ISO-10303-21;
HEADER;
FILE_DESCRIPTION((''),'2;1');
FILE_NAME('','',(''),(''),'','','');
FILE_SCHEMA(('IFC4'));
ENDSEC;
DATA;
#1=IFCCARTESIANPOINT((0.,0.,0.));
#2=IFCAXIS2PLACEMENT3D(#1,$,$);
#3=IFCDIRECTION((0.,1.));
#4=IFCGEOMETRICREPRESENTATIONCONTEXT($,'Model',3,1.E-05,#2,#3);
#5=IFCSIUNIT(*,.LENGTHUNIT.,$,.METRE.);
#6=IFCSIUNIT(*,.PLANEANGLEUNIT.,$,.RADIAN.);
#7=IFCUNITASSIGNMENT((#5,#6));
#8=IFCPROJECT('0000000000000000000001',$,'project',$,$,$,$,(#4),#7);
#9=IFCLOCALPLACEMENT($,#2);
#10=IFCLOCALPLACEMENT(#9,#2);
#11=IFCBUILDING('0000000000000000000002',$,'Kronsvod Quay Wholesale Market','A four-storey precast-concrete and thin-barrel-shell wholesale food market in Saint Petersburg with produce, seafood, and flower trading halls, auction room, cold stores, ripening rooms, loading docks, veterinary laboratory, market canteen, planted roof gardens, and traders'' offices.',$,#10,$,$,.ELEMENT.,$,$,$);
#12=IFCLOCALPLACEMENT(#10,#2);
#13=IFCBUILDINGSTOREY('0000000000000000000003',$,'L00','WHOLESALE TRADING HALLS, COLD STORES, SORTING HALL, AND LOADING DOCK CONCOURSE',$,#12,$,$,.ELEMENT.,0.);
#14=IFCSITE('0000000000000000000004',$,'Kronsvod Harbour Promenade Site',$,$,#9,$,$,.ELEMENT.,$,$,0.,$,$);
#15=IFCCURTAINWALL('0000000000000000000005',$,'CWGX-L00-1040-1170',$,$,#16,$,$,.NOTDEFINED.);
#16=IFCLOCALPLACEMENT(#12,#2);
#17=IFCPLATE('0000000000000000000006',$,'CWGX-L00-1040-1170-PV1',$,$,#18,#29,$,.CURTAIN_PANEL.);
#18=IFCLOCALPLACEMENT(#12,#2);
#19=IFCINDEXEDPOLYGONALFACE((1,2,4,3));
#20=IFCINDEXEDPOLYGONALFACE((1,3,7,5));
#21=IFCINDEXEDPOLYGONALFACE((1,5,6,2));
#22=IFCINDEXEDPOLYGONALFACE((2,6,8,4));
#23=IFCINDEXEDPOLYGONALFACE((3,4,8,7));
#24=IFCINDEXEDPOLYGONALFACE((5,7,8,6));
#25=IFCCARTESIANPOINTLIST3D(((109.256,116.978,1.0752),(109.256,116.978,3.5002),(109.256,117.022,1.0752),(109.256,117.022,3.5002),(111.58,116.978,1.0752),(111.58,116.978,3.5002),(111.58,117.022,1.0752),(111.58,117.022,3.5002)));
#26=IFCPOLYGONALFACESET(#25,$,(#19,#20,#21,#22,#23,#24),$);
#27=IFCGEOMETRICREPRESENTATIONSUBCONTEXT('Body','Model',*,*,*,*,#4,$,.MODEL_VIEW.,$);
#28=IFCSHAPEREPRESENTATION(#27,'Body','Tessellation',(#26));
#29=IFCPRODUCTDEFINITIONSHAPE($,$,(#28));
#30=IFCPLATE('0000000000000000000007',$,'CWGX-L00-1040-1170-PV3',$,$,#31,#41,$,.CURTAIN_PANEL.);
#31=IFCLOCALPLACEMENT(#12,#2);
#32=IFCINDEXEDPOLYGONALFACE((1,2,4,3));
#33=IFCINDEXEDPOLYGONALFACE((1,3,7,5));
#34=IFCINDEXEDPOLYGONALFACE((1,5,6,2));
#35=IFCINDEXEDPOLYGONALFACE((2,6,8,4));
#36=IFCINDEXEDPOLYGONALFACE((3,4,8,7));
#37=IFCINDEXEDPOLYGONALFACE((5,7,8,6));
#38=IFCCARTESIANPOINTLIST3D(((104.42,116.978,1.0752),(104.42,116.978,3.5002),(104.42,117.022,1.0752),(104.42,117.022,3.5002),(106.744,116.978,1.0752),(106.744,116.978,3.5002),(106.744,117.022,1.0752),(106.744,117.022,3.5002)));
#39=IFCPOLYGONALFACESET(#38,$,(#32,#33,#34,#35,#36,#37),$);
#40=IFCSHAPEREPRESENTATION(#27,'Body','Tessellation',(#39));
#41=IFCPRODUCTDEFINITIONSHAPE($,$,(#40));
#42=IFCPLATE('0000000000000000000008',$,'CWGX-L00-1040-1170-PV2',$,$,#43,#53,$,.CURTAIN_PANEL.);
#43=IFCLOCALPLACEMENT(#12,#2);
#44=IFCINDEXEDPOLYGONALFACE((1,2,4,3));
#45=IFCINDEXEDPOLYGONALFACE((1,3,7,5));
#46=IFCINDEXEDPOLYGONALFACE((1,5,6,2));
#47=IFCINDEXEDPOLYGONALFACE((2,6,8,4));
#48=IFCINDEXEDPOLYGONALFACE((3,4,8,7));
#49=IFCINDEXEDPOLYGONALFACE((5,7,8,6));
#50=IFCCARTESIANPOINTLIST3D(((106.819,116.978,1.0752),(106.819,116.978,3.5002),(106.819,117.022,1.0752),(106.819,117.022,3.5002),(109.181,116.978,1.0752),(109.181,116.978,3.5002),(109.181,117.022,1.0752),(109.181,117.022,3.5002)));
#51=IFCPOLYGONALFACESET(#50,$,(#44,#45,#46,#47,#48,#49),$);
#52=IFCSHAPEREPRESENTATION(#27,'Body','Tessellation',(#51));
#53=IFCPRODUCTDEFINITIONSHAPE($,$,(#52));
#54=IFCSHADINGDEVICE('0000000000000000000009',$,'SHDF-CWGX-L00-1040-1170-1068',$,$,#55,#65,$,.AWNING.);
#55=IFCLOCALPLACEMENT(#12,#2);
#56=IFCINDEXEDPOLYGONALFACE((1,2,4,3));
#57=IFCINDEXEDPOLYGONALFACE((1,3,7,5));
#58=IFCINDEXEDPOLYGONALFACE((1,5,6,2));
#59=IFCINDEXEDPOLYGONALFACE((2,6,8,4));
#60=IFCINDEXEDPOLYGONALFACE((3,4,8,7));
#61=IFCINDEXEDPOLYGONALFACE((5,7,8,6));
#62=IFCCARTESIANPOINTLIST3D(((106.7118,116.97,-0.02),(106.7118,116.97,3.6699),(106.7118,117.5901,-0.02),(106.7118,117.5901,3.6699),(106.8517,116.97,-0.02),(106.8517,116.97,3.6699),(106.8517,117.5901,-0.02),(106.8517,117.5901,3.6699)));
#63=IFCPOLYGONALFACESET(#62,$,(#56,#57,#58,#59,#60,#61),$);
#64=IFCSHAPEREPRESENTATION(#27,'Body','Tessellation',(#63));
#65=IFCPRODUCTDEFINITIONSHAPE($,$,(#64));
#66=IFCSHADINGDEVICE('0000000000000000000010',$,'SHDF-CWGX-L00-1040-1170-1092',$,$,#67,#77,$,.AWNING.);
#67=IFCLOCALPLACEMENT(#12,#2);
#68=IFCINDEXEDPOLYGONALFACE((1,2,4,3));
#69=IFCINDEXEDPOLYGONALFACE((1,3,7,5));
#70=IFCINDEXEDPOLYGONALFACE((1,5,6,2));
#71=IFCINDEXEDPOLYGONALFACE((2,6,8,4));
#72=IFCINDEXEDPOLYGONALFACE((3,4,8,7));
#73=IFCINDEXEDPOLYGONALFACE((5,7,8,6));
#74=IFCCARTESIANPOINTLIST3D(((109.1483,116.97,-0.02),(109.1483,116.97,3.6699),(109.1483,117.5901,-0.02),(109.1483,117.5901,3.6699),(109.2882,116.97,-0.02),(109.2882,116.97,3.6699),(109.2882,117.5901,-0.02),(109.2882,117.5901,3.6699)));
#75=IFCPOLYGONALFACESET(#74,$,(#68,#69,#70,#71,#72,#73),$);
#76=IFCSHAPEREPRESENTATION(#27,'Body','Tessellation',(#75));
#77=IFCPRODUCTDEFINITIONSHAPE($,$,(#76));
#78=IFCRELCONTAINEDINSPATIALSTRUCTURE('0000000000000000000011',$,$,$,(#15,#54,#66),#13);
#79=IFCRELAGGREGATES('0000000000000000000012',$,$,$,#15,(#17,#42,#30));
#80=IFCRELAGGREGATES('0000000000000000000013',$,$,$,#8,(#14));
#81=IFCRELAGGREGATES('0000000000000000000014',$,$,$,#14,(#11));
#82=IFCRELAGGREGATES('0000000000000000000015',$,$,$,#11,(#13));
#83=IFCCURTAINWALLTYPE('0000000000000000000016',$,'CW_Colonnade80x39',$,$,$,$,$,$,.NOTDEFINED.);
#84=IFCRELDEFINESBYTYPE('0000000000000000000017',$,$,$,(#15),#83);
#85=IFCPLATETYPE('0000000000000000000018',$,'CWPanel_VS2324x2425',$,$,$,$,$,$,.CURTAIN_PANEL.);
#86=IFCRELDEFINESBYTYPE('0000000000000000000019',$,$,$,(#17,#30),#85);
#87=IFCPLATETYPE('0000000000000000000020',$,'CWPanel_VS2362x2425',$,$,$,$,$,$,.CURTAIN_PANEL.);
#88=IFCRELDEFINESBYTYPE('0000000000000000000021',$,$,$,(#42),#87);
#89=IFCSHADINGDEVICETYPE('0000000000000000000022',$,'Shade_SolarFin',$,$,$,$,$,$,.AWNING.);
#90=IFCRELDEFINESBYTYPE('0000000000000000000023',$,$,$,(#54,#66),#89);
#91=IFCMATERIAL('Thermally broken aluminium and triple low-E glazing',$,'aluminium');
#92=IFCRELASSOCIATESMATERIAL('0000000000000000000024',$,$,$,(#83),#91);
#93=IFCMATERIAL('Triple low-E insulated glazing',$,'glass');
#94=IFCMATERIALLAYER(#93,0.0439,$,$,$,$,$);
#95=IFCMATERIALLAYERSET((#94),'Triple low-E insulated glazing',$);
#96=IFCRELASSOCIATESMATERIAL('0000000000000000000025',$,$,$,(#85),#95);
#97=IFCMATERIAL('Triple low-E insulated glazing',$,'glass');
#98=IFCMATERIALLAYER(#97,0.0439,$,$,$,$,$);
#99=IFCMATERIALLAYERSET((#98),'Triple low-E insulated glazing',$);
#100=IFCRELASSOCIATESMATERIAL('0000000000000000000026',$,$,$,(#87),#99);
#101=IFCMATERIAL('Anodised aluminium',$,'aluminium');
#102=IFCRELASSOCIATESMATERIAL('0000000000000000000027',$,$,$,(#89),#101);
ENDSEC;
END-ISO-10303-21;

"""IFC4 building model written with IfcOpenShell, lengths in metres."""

from ifc_helpers import new_model, si_unit, direction, frame, origin, origin_2d, place, context, subcontext, project, spatial, rectangle, extrude, material, layer, layer_set, type_object, element, aggregate, save


model = new_model("IFC4")

# Units and contexts
model_context = context("Model", 3, precision=1e-05, world=origin(), true_north=direction((0.0, 1.0)))
body_context = subcontext(model_context, "Body", "Model", "MODEL_VIEW")
ifc_project = project(units=[si_unit("LENGTHUNIT", "METRE"), si_unit("PLANEANGLEUNIT", "RADIAN")], contexts=[model_context])

# Site, building, storey
site_placement = place(None, origin())
site = spatial("IfcSite", under=ifc_project, at=site_placement, Name="Kronsvod Harbour Promenade Site", CompositionType="ELEMENT", RefElevation=0.0)
building_placement = place(site_placement, origin())
building = spatial("IfcBuilding", under=site, at=building_placement, Name="Kronsvod Quay Wholesale Market", Description="A four-storey precast-concrete and thin-barrel-shell wholesale food market in Saint Petersburg with produce, seafood, and flower trading halls, auction room, cold stores, ripening rooms, loading docks, veterinary laboratory, market canteen, planted roof gardens, and traders' offices.", CompositionType="ELEMENT")
storey_placement = place(building_placement, origin())
storey = spatial("IfcBuildingStorey", under=building, at=storey_placement, Name="L00", Description="WHOLESALE TRADING HALLS, COLD STORES, SORTING HALL, AND LOADING DOCK CONCOURSE", CompositionType="ELEMENT", Elevation=0.0)

# Curtain wall, plates
ifc_material_1 = material(Name="Thermally broken aluminium and triple low-E glazing", Category="aluminium")
curtain_wall_type = type_object("IfcCurtainWallType", Name="CW_Colonnade80x39", PredefinedType="NOTDEFINED", material=ifc_material_1)
curtain_wall_placement = place(storey_placement, origin())
curtain_wall = element("IfcCurtainWall", 1, at=curtain_wall_placement, inside=storey, type_object=curtain_wall_type, Name="CWGX-L00-1040-1170", PredefinedType="NOTDEFINED")
ifc_material_2 = material(Name="Triple low-E insulated glazing", Category="glass")
ifc_layer_1 = layer(ifc_material_2, 0.0439)
ifc_layer_set_1 = layer_set([ifc_layer_1], Name="Triple low-E insulated glazing")
plate_type_1 = type_object("IfcPlateType", Name="CWPanel_VS2324x2425", PredefinedType="CURTAIN_PANEL", material=ifc_layer_set_1)
plate_1_placement = place(storey_placement, frame((110.418, 117.0, 1.0752), z_axis=(0.0, 0.0, 1.0), x_axis=(-1.0, 0.0, 0.0)))
plate_1 = element("IfcPlate", 2, at=plate_1_placement, type_object=plate_type_1, Name="CWGX-L00-1040-1170-PV1", PredefinedType="CURTAIN_PANEL", context=body_context, shape_type="SweptSolid", body=[
    extrude(rectangle(XDim=2.324, YDim=0.0439, at=origin_2d()), origin(), (0.0, 0.0, 1.0), 2.425),
])
plate_2_placement = place(storey_placement, frame((105.582, 117.0, 1.0752), z_axis=(0.0, 0.0, 1.0), x_axis=(-1.0, 0.0, 0.0)))
plate_2 = element("IfcPlate", 3, at=plate_2_placement, type_object=plate_type_1, Name="CWGX-L00-1040-1170-PV3", PredefinedType="CURTAIN_PANEL", context=body_context, shape_type="SweptSolid", body=[
    extrude(rectangle(XDim=2.324, YDim=0.0439, at=origin_2d()), origin(), (0.0, 0.0, 1.0), 2.425),
])
ifc_material_3 = material(Name="Triple low-E insulated glazing", Category="glass")
ifc_layer_2 = layer(ifc_material_3, 0.0439)
ifc_layer_set_2 = layer_set([ifc_layer_2], Name="Triple low-E insulated glazing")
plate_type_2 = type_object("IfcPlateType", Name="CWPanel_VS2362x2425", PredefinedType="CURTAIN_PANEL", material=ifc_layer_set_2)
plate_3_placement = place(storey_placement, frame((108.0, 117.0, 1.0752), z_axis=(0.0, 0.0, 1.0), x_axis=(-1.0, 0.0, 0.0)))
plate_3 = element("IfcPlate", 4, at=plate_3_placement, type_object=plate_type_2, Name="CWGX-L00-1040-1170-PV2", PredefinedType="CURTAIN_PANEL", context=body_context, shape_type="SweptSolid", body=[
    extrude(rectangle(XDim=2.3621, YDim=0.0439, at=origin_2d()), origin(), (0.0, 0.0, 1.0), 2.425),
])
aggregate(curtain_wall, [plate_1, plate_3, plate_2])

# Shading devices
ifc_material_4 = material(Name="Anodised aluminium", Category="aluminium")
shading_device_type = type_object("IfcShadingDeviceType", Name="Shade_SolarFin", PredefinedType="AWNING", material=ifc_material_4)
for number, where, z_axis, x_axis, name in (
    (5, (106.7817, 117.28, -0.02), (0.0, 0.0, 1.0), (1.0, 0.0, 0.0), "SHDF-CWGX-L00-1040-1170-1068"),
    (6, (109.2183, 117.28, -0.02), (0.0, 0.0, 1.0), (1.0, 0.0, 0.0), "SHDF-CWGX-L00-1040-1170-1092"),
):
    element("IfcShadingDevice", number, at=place(storey_placement, frame(where, z_axis=z_axis, x_axis=x_axis)), inside=storey, type_object=shading_device_type, Name=name, PredefinedType="AWNING", context=body_context, shape_type="SweptSolid", body=[
        extrude(rectangle(XDim=0.1399, YDim=0.6201, at=origin_2d()), origin(), (0.0, 0.0, 1.0), 3.6899),
    ])

save(model, "model.ifc")
